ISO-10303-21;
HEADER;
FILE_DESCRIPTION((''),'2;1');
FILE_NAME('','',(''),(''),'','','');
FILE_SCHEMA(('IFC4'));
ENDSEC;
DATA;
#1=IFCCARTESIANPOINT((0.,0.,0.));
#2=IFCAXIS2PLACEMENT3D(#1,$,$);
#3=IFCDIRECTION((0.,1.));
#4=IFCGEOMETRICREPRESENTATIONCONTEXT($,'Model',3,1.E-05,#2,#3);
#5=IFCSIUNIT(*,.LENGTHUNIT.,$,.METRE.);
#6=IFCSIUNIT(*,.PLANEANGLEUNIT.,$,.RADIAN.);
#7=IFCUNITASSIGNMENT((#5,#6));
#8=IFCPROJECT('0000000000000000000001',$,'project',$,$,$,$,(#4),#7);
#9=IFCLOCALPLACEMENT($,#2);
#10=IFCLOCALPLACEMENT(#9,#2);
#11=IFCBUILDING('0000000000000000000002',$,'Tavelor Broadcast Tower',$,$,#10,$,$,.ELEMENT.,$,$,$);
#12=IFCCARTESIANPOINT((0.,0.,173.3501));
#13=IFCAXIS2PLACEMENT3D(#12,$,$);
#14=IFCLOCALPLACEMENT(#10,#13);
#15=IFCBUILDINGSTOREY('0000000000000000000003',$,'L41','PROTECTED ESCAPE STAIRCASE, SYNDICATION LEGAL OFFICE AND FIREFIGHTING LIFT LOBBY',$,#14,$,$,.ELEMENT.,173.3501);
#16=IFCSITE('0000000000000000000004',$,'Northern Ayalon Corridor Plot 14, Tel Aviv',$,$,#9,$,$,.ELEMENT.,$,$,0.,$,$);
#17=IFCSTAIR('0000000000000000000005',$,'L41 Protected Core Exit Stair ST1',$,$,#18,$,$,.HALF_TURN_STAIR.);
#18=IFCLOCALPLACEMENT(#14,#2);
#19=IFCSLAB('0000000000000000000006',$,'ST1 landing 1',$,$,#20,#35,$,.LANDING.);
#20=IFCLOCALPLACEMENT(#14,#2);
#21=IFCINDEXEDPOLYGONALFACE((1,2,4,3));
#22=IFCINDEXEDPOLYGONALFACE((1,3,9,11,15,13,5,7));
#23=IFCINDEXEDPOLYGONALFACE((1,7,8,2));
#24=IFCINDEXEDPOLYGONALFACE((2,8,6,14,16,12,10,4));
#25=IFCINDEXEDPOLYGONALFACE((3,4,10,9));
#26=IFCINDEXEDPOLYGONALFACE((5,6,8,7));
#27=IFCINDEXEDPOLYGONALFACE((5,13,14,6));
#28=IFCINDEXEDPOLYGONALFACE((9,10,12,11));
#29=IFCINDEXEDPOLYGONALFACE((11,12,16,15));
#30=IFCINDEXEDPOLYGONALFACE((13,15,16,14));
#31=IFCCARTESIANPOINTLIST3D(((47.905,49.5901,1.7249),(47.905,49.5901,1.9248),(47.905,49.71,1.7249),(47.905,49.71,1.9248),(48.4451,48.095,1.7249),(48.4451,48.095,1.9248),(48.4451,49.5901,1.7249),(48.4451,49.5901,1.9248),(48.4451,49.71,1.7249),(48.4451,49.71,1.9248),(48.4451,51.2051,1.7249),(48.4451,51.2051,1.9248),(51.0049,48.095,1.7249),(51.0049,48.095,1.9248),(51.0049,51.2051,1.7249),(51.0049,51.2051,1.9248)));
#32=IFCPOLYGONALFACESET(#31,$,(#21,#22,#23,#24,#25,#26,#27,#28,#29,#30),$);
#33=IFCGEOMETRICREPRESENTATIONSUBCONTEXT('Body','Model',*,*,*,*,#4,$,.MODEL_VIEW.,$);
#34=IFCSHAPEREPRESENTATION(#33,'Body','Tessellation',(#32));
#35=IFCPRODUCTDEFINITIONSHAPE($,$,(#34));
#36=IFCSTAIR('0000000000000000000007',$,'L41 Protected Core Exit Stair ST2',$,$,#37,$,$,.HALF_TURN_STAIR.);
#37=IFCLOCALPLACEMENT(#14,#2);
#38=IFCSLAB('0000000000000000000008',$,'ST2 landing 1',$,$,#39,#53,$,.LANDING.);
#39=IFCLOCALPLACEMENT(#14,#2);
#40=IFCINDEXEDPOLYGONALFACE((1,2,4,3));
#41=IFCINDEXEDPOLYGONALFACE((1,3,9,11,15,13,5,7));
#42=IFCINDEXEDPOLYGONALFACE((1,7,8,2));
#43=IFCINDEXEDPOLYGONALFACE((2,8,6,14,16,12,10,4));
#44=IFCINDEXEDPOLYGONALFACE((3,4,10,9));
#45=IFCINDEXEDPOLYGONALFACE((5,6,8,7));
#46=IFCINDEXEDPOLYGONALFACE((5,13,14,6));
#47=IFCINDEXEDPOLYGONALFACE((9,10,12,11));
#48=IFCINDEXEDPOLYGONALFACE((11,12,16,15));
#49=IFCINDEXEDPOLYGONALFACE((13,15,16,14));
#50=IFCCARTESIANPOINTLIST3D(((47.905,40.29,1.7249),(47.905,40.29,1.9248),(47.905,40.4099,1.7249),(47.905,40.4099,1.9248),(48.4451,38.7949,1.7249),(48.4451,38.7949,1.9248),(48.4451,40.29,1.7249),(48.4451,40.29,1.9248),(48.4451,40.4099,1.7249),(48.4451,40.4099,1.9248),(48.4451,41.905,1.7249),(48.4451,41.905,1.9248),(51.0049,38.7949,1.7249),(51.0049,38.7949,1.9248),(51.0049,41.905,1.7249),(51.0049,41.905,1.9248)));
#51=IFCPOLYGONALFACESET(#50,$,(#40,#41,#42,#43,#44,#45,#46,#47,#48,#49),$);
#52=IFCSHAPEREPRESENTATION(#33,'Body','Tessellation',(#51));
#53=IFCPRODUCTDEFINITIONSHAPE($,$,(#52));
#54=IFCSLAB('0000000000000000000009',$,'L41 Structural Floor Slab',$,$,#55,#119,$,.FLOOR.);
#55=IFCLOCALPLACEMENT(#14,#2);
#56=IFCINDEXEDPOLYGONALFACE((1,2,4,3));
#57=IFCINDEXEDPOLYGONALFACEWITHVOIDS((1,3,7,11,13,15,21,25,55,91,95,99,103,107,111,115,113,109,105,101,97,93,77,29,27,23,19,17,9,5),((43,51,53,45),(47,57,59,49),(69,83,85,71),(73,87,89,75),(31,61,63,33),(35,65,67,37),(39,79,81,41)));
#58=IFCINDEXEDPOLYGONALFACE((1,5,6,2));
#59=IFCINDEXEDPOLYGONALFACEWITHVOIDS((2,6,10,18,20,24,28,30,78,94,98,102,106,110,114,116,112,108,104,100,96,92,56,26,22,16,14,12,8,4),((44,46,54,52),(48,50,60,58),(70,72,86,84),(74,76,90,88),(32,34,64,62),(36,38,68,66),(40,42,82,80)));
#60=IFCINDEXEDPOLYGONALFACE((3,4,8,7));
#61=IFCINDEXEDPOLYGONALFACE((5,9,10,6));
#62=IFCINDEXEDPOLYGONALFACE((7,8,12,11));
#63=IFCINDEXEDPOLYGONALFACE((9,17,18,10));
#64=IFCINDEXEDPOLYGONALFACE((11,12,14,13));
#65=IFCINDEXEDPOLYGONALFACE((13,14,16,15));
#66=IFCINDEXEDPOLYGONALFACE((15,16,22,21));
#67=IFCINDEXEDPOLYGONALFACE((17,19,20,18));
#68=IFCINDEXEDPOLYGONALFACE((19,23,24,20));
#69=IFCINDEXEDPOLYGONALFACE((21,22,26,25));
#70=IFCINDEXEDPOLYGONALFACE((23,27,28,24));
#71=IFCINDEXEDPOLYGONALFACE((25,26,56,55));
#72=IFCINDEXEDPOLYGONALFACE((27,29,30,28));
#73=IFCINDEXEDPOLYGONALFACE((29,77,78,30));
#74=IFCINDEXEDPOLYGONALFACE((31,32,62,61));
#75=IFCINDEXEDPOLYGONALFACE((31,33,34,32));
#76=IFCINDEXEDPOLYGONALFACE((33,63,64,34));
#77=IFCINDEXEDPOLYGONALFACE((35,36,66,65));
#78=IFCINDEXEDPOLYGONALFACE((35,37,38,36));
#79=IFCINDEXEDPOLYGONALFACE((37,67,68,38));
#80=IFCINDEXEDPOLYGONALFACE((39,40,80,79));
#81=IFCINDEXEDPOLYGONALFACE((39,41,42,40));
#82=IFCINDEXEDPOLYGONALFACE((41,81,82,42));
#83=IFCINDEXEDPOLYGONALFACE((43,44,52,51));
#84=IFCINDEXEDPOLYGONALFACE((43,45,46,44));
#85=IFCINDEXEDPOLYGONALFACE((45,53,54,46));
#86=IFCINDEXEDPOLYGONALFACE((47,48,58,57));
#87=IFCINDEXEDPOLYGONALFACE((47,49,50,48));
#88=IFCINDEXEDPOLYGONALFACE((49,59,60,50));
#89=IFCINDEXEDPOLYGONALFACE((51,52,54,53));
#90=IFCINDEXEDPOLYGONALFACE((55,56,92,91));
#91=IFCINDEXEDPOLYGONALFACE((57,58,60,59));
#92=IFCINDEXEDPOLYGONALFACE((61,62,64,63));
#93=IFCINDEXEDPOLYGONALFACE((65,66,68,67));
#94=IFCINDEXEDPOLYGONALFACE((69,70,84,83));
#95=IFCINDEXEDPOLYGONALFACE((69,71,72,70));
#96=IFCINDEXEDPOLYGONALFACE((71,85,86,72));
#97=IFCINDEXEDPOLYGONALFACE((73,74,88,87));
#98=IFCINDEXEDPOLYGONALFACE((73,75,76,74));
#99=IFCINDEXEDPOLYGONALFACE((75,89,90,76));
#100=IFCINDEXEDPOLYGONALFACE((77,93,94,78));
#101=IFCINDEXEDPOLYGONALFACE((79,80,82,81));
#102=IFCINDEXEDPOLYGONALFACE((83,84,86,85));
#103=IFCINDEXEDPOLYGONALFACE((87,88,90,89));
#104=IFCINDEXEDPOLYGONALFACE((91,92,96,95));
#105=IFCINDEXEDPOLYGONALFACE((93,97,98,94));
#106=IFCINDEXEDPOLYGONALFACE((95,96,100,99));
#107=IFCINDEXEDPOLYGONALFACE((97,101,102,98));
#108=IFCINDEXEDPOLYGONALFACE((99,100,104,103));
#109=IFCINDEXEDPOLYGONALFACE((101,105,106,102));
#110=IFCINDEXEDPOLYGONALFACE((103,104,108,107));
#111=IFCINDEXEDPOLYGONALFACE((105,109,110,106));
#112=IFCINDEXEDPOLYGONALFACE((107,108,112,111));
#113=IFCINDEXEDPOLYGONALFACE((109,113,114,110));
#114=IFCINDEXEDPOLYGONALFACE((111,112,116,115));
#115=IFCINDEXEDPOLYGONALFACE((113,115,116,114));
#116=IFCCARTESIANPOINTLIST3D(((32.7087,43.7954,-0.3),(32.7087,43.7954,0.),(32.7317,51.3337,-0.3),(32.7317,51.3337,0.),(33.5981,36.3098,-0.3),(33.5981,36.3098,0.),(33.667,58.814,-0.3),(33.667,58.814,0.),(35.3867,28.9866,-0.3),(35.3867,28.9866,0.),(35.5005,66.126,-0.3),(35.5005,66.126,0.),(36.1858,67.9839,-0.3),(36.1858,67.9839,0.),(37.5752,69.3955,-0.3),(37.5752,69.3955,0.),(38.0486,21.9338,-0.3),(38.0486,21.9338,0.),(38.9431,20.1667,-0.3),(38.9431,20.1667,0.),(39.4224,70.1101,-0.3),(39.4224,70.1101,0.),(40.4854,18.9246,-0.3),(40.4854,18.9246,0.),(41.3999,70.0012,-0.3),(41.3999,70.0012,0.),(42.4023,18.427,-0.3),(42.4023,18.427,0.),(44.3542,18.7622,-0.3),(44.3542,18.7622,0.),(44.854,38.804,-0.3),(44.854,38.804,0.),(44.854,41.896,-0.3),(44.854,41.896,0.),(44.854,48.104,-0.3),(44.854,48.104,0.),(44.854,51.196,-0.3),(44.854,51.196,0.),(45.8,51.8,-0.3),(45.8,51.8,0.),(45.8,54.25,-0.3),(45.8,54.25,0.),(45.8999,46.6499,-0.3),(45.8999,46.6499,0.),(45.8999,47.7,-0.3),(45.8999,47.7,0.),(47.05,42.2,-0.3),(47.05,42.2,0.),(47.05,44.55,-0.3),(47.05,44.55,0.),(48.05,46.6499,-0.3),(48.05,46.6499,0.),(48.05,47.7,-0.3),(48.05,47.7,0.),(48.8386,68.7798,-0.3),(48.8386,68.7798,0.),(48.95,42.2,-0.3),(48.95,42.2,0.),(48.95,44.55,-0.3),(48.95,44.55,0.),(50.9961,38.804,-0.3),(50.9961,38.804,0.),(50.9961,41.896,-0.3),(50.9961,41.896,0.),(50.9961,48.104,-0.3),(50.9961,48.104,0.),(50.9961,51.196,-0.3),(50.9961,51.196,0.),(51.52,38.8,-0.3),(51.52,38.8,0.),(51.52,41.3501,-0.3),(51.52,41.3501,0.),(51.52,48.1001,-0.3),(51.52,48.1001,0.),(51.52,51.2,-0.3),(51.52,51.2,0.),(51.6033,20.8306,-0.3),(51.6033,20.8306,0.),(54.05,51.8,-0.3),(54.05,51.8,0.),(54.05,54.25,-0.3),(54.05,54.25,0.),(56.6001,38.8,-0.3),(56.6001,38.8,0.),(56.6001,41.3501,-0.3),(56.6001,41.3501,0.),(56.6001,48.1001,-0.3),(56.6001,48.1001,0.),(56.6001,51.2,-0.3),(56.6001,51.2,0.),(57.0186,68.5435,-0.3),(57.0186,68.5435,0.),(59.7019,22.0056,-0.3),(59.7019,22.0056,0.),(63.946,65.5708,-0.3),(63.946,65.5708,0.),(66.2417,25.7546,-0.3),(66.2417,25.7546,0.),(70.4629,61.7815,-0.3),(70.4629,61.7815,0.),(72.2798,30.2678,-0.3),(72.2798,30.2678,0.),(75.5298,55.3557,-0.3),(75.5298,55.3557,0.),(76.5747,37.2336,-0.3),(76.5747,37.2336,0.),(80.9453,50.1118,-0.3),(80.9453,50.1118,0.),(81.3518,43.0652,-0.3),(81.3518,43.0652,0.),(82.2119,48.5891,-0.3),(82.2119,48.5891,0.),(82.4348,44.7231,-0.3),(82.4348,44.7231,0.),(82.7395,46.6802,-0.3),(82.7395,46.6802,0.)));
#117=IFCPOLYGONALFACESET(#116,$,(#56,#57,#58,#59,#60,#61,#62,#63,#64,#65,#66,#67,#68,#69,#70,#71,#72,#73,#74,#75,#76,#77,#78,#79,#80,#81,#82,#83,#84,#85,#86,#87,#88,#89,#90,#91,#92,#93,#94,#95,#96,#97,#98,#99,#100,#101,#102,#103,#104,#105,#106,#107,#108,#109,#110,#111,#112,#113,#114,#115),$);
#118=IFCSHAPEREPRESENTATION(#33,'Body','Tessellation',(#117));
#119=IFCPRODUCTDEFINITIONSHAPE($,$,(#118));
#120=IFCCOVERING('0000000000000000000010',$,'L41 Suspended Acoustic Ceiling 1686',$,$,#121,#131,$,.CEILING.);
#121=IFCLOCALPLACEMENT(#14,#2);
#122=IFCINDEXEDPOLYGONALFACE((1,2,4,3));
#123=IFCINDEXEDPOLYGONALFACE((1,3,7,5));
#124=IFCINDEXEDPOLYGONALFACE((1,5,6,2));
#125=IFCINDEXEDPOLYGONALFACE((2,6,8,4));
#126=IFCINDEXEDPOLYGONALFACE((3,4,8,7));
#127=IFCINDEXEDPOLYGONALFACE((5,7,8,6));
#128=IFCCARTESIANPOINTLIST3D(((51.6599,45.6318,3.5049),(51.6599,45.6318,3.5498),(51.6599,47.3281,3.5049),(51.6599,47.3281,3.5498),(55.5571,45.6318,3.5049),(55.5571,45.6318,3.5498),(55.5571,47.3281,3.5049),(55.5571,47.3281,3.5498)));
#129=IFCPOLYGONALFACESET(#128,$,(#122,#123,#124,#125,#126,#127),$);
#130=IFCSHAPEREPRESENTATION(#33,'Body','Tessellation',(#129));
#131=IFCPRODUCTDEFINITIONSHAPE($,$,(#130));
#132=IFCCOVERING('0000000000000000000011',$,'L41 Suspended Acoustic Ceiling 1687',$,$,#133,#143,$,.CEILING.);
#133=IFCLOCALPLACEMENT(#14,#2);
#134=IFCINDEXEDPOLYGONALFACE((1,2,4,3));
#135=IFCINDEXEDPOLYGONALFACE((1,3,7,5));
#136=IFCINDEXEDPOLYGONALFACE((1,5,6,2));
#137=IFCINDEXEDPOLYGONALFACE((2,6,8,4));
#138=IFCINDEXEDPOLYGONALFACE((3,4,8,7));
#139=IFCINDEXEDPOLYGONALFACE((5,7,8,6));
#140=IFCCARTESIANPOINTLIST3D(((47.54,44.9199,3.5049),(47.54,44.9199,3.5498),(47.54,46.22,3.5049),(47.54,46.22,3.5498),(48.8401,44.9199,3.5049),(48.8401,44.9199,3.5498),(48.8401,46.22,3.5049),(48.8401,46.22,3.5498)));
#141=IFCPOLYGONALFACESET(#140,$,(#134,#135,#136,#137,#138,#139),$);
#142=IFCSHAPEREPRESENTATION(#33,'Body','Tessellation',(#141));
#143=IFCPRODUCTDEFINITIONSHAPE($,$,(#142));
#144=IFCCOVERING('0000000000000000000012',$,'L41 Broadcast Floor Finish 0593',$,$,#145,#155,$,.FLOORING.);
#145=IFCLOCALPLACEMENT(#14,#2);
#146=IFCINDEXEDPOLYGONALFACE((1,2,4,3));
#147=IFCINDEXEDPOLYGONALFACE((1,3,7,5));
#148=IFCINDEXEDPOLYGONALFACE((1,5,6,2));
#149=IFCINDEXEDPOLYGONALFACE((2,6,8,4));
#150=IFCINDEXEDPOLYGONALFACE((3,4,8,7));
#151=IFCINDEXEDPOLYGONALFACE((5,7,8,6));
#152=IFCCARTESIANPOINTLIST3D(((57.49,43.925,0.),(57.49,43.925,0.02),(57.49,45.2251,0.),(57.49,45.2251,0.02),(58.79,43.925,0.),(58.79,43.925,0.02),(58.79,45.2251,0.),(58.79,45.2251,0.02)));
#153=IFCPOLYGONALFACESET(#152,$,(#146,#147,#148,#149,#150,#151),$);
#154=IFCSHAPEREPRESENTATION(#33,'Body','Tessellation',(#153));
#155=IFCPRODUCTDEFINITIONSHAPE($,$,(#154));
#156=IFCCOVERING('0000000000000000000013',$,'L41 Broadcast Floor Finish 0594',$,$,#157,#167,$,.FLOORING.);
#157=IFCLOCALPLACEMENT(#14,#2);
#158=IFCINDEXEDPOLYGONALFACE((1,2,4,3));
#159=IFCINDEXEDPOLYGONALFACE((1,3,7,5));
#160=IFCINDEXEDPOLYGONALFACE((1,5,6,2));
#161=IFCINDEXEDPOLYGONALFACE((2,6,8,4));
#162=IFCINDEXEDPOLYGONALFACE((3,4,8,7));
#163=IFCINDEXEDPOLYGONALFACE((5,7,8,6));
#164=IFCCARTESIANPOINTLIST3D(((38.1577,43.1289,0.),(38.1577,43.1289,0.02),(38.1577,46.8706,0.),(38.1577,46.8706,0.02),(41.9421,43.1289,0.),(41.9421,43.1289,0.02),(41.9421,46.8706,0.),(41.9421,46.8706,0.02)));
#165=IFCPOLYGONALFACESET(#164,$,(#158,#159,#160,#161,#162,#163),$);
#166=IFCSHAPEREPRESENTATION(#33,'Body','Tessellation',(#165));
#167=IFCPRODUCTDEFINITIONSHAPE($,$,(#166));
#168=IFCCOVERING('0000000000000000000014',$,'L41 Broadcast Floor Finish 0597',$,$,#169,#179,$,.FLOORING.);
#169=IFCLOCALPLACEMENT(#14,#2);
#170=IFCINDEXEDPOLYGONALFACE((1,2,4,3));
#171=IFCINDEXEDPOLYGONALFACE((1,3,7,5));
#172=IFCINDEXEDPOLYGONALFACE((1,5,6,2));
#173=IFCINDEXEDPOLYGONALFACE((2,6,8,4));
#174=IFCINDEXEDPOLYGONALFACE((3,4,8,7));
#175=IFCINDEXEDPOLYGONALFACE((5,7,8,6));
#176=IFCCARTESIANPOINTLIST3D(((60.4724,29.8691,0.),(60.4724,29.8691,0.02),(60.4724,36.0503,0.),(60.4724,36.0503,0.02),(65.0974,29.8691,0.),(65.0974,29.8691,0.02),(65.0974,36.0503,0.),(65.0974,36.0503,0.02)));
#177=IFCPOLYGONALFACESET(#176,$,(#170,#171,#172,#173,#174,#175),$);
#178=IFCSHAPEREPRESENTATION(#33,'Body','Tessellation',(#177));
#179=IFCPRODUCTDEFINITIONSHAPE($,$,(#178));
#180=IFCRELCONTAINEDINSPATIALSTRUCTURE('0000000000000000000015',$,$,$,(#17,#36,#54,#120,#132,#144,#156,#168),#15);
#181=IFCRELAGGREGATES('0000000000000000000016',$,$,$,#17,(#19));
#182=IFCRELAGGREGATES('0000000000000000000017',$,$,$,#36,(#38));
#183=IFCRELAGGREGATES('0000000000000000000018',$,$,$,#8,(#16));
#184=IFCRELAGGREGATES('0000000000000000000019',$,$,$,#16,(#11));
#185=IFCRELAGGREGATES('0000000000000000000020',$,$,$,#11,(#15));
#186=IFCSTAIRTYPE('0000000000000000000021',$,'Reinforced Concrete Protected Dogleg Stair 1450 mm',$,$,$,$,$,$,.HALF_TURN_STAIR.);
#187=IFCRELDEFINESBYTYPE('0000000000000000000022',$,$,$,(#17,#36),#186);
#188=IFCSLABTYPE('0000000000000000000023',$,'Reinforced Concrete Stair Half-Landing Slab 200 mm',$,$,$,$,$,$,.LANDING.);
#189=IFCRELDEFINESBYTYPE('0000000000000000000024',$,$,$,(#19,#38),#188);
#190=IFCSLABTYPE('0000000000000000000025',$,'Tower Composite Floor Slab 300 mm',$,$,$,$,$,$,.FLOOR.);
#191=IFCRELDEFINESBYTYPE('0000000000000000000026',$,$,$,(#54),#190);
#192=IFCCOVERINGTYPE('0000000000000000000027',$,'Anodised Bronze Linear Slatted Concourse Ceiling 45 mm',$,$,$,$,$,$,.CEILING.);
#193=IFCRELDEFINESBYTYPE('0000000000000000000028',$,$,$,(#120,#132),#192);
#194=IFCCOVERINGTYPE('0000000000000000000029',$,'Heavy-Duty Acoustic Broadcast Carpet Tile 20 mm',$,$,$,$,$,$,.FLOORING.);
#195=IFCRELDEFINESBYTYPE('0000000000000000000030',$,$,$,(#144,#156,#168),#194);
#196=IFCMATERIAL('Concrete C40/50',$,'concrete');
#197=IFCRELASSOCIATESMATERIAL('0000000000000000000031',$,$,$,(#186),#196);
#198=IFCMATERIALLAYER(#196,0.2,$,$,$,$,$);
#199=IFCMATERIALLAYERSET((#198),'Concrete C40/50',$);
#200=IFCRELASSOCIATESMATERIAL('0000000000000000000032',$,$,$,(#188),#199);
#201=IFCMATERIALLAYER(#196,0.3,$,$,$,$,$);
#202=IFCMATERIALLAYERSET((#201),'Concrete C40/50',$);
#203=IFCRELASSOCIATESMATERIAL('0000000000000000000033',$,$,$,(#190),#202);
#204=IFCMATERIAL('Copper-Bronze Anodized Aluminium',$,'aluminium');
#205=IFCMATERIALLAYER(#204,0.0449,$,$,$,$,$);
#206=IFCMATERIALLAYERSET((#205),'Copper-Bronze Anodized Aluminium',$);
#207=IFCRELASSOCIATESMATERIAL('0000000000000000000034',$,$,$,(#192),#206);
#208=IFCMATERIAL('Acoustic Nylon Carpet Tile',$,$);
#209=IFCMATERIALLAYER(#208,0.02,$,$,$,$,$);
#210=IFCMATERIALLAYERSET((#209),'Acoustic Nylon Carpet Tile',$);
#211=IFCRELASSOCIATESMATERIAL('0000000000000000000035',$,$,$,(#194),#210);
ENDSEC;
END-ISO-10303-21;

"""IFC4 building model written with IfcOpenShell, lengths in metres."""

from ifc_helpers import new_model, si_unit, direction, frame, origin, place, context, subcontext, project, spatial, polyline, outline, extrude, material, layer, layer_set, type_object, element, aggregate, save


model = new_model("IFC4")

# Units and contexts
model_context = context("Model", 3, precision=1e-05, world=origin(), true_north=direction((0.0, 1.0)))
body_context = subcontext(model_context, "Body", "Model", "MODEL_VIEW")
ifc_project = project(units=[si_unit("LENGTHUNIT", "METRE"), si_unit("PLANEANGLEUNIT", "RADIAN")], contexts=[model_context])

# Site, building, storey
site_placement = place(None, origin())
site = spatial("IfcSite", under=ifc_project, at=site_placement, Name="Northern Ayalon Corridor Plot 14, Tel Aviv", CompositionType="ELEMENT", RefElevation=0.0)
building_placement = place(site_placement, origin())
building = spatial("IfcBuilding", under=site, at=building_placement, Name="Tavelor Broadcast Tower", CompositionType="ELEMENT")
storey_placement = place(building_placement, frame((0.0, 0.0, 173.3501)))
storey = spatial("IfcBuildingStorey", under=building, at=storey_placement, Name="L41", Description="PROTECTED ESCAPE STAIRCASE, SYNDICATION LEGAL OFFICE AND FIREFIGHTING LIFT LOBBY", CompositionType="ELEMENT", Elevation=173.3501)

# Stairs, slabs
ifc_material_1 = material(Name="Concrete C40/50", Category="concrete")
stair_type = type_object("IfcStairType", Name="Reinforced Concrete Protected Dogleg Stair 1450 mm", PredefinedType="HALF_TURN_STAIR", material=ifc_material_1)
stair_1_placement = place(storey_placement, origin())
stair_1 = element("IfcStair", 1, at=stair_1_placement, inside=storey, type_object=stair_type, Name="L41 Protected Core Exit Stair ST1", PredefinedType="HALF_TURN_STAIR")
ifc_layer_1 = layer(ifc_material_1, 0.2)
ifc_layer_set_1 = layer_set([ifc_layer_1], Name="Concrete C40/50")
slab_type_1 = type_object("IfcSlabType", Name="Reinforced Concrete Stair Half-Landing Slab 200 mm", PredefinedType="LANDING", material=ifc_layer_set_1)
slab_1_placement = place(storey_placement, frame((0.0, 0.0, 1.7249)))
slab_1 = element("IfcSlab", 2, at=slab_1_placement, type_object=slab_type_1, Name="ST1 landing 1", PredefinedType="LANDING", context=body_context, shape_type="SweptSolid", body=[
    extrude(outline(polyline([(48.4451, 49.5901), (48.4451, 48.095), (51.0049, 48.095), (51.0049, 51.2051), (48.4451, 51.2051), (48.4451, 49.71), (47.905, 49.71), (47.905, 49.5901), (48.4451, 49.5901)])), origin(), (0.0, 0.0, 1.0), 0.2),
])
aggregate(stair_1, [slab_1])
stair_2_placement = place(storey_placement, origin())
stair_2 = element("IfcStair", 3, at=stair_2_placement, inside=storey, type_object=stair_type, Name="L41 Protected Core Exit Stair ST2", PredefinedType="HALF_TURN_STAIR")
slab_2_placement = place(storey_placement, frame((0.0, 0.0, 1.7249)))
slab_2 = element("IfcSlab", 4, at=slab_2_placement, type_object=slab_type_1, Name="ST2 landing 1", PredefinedType="LANDING", context=body_context, shape_type="SweptSolid", body=[
    extrude(outline(polyline([(48.4451, 40.29), (48.4451, 38.7949), (51.0049, 38.7949), (51.0049, 41.905), (48.4451, 41.905), (48.4451, 40.4099), (47.905, 40.4099), (47.905, 40.29), (48.4451, 40.29)])), origin(), (0.0, 0.0, 1.0), 0.2),
])
aggregate(stair_2, [slab_2])

# Slab
ifc_layer_2 = layer(ifc_material_1, 0.3)
ifc_layer_set_2 = layer_set([ifc_layer_2], Name="Concrete C40/50")
slab_type_2 = type_object("IfcSlabType", Name="Tower Composite Floor Slab 300 mm", PredefinedType="FLOOR", material=ifc_layer_set_2)
slab_3_placement = place(storey_placement, frame((0.0, 0.0, -0.3)))
element("IfcSlab", 5, at=slab_3_placement, inside=storey, type_object=slab_type_2, Name="L41 Structural Floor Slab", PredefinedType="FLOOR", context=body_context, shape_type="SweptSolid", body=[
    extrude(outline(polyline([(41.3999, 70.0012), (39.4224, 70.1101), (37.5752, 69.3955), (36.1858, 67.9839), (35.5005, 66.126), (33.667, 58.814), (32.7317, 51.3337), (32.7087, 43.7954), (33.5981, 36.3098), (35.3867, 28.9866), (38.0486, 21.9338), (38.9431, 20.1667), (40.4854, 18.9246), (42.4023, 18.427), (44.3542, 18.7622), (51.6033, 20.8306), (59.7019, 22.0056), (66.2417, 25.7546), (72.2798, 30.2678), (76.5747, 37.2336), (81.3518, 43.0652), (82.4348, 44.7231), (82.7395, 46.6802), (82.2119, 48.5891), (80.9453, 50.1118), (75.5298, 55.3557), (70.4629, 61.7815), (63.946, 65.5708), (57.0186, 68.5435), (48.8386, 68.7798), (41.3999, 70.0012)]), holes=[polyline([(56.6001, 41.3501), (56.6001, 38.8), (51.52, 38.8), (51.52, 41.3501), (56.6001, 41.3501)]), polyline([(50.9961, 38.804), (44.854, 38.804), (44.854, 41.896), (50.9961, 41.896), (50.9961, 38.804)]), polyline([(47.05, 42.2), (47.05, 44.55), (48.95, 44.55), (48.95, 42.2), (47.05, 42.2)]), polyline([(48.05, 46.6499), (45.8999, 46.6499), (45.8999, 47.7), (48.05, 47.7), (48.05, 46.6499)]), polyline([(50.9961, 48.104), (44.854, 48.104), (44.854, 51.196), (50.9961, 51.196), (50.9961, 48.104)]), polyline([(56.6001, 48.1001), (51.52, 48.1001), (51.52, 51.2), (56.6001, 51.2), (56.6001, 48.1001)]), polyline([(54.05, 51.8), (45.8, 51.8), (45.8, 54.25), (54.05, 54.25), (54.05, 51.8)])]), origin(), (0.0, 0.0, 1.0), 0.3),
])

# Coverings
ifc_material_2 = material(Name="Copper-Bronze Anodized Aluminium", Category="aluminium")
ifc_layer_3 = layer(ifc_material_2, 0.0449)
ifc_layer_set_3 = layer_set([ifc_layer_3], Name="Copper-Bronze Anodized Aluminium")
covering_type_1 = type_object("IfcCoveringType", Name="Anodised Bronze Linear Slatted Concourse Ceiling 45 mm", PredefinedType="CEILING", material=ifc_layer_set_3)
covering_1_placement = place(storey_placement, frame((0.0, 0.0, 3.5049)))
element("IfcCovering", 6, at=covering_1_placement, inside=storey, type_object=covering_type_1, Name="L41 Suspended Acoustic Ceiling 1686", PredefinedType="CEILING", context=body_context, shape_type="SweptSolid", body=[
    extrude(outline(polyline([(51.6599, 45.6318), (55.5571, 45.6318), (55.5571, 47.3281), (51.6599, 47.3281), (51.6599, 45.6318)])), origin(), (0.0, 0.0, 1.0), 0.0449),
])
covering_2_placement = place(storey_placement, frame((0.0, 0.0, 3.5049)))
element("IfcCovering", 7, at=covering_2_placement, inside=storey, type_object=covering_type_1, Name="L41 Suspended Acoustic Ceiling 1687", PredefinedType="CEILING", context=body_context, shape_type="SweptSolid", body=[
    extrude(outline(polyline([(47.54, 44.9199), (48.8401, 44.9199), (48.8401, 46.22), (47.54, 46.22), (47.54, 44.9199)])), origin(), (0.0, 0.0, 1.0), 0.0449),
])
ifc_material_3 = material(Name="Acoustic Nylon Carpet Tile")
ifc_layer_4 = layer(ifc_material_3, 0.02)
ifc_layer_set_4 = layer_set([ifc_layer_4], Name="Acoustic Nylon Carpet Tile")
covering_type_2 = type_object("IfcCoveringType", Name="Heavy-Duty Acoustic Broadcast Carpet Tile 20 mm", PredefinedType="FLOORING", material=ifc_layer_set_4)
covering_3_placement = place(storey_placement, origin())
element("IfcCovering", 8, at=covering_3_placement, inside=storey, type_object=covering_type_2, Name="L41 Broadcast Floor Finish 0593", PredefinedType="FLOORING", context=body_context, shape_type="SweptSolid", body=[
    extrude(outline(polyline([(57.49, 43.925), (58.79, 43.925), (58.79, 45.2251), (57.49, 45.2251), (57.49, 43.925)])), origin(), (0.0, 0.0, 1.0), 0.02),
])
covering_4_placement = place(storey_placement, origin())
element("IfcCovering", 9, at=covering_4_placement, inside=storey, type_object=covering_type_2, Name="L41 Broadcast Floor Finish 0594", PredefinedType="FLOORING", context=body_context, shape_type="SweptSolid", body=[
    extrude(outline(polyline([(38.1577, 43.1289), (41.9421, 43.1289), (41.9421, 46.8706), (38.1577, 46.8706), (38.1577, 43.1289)])), origin(), (0.0, 0.0, 1.0), 0.02),
])
covering_5_placement = place(storey_placement, origin())
element("IfcCovering", 10, at=covering_5_placement, inside=storey, type_object=covering_type_2, Name="L41 Broadcast Floor Finish 0597", PredefinedType="FLOORING", context=body_context, shape_type="SweptSolid", body=[
    extrude(outline(polyline([(60.4724, 29.8691), (65.0974, 29.8691), (65.0974, 36.0503), (60.4724, 36.0503), (60.4724, 29.8691)])), origin(), (0.0, 0.0, 1.0), 0.02),
])

save(model, "model.ifc")
